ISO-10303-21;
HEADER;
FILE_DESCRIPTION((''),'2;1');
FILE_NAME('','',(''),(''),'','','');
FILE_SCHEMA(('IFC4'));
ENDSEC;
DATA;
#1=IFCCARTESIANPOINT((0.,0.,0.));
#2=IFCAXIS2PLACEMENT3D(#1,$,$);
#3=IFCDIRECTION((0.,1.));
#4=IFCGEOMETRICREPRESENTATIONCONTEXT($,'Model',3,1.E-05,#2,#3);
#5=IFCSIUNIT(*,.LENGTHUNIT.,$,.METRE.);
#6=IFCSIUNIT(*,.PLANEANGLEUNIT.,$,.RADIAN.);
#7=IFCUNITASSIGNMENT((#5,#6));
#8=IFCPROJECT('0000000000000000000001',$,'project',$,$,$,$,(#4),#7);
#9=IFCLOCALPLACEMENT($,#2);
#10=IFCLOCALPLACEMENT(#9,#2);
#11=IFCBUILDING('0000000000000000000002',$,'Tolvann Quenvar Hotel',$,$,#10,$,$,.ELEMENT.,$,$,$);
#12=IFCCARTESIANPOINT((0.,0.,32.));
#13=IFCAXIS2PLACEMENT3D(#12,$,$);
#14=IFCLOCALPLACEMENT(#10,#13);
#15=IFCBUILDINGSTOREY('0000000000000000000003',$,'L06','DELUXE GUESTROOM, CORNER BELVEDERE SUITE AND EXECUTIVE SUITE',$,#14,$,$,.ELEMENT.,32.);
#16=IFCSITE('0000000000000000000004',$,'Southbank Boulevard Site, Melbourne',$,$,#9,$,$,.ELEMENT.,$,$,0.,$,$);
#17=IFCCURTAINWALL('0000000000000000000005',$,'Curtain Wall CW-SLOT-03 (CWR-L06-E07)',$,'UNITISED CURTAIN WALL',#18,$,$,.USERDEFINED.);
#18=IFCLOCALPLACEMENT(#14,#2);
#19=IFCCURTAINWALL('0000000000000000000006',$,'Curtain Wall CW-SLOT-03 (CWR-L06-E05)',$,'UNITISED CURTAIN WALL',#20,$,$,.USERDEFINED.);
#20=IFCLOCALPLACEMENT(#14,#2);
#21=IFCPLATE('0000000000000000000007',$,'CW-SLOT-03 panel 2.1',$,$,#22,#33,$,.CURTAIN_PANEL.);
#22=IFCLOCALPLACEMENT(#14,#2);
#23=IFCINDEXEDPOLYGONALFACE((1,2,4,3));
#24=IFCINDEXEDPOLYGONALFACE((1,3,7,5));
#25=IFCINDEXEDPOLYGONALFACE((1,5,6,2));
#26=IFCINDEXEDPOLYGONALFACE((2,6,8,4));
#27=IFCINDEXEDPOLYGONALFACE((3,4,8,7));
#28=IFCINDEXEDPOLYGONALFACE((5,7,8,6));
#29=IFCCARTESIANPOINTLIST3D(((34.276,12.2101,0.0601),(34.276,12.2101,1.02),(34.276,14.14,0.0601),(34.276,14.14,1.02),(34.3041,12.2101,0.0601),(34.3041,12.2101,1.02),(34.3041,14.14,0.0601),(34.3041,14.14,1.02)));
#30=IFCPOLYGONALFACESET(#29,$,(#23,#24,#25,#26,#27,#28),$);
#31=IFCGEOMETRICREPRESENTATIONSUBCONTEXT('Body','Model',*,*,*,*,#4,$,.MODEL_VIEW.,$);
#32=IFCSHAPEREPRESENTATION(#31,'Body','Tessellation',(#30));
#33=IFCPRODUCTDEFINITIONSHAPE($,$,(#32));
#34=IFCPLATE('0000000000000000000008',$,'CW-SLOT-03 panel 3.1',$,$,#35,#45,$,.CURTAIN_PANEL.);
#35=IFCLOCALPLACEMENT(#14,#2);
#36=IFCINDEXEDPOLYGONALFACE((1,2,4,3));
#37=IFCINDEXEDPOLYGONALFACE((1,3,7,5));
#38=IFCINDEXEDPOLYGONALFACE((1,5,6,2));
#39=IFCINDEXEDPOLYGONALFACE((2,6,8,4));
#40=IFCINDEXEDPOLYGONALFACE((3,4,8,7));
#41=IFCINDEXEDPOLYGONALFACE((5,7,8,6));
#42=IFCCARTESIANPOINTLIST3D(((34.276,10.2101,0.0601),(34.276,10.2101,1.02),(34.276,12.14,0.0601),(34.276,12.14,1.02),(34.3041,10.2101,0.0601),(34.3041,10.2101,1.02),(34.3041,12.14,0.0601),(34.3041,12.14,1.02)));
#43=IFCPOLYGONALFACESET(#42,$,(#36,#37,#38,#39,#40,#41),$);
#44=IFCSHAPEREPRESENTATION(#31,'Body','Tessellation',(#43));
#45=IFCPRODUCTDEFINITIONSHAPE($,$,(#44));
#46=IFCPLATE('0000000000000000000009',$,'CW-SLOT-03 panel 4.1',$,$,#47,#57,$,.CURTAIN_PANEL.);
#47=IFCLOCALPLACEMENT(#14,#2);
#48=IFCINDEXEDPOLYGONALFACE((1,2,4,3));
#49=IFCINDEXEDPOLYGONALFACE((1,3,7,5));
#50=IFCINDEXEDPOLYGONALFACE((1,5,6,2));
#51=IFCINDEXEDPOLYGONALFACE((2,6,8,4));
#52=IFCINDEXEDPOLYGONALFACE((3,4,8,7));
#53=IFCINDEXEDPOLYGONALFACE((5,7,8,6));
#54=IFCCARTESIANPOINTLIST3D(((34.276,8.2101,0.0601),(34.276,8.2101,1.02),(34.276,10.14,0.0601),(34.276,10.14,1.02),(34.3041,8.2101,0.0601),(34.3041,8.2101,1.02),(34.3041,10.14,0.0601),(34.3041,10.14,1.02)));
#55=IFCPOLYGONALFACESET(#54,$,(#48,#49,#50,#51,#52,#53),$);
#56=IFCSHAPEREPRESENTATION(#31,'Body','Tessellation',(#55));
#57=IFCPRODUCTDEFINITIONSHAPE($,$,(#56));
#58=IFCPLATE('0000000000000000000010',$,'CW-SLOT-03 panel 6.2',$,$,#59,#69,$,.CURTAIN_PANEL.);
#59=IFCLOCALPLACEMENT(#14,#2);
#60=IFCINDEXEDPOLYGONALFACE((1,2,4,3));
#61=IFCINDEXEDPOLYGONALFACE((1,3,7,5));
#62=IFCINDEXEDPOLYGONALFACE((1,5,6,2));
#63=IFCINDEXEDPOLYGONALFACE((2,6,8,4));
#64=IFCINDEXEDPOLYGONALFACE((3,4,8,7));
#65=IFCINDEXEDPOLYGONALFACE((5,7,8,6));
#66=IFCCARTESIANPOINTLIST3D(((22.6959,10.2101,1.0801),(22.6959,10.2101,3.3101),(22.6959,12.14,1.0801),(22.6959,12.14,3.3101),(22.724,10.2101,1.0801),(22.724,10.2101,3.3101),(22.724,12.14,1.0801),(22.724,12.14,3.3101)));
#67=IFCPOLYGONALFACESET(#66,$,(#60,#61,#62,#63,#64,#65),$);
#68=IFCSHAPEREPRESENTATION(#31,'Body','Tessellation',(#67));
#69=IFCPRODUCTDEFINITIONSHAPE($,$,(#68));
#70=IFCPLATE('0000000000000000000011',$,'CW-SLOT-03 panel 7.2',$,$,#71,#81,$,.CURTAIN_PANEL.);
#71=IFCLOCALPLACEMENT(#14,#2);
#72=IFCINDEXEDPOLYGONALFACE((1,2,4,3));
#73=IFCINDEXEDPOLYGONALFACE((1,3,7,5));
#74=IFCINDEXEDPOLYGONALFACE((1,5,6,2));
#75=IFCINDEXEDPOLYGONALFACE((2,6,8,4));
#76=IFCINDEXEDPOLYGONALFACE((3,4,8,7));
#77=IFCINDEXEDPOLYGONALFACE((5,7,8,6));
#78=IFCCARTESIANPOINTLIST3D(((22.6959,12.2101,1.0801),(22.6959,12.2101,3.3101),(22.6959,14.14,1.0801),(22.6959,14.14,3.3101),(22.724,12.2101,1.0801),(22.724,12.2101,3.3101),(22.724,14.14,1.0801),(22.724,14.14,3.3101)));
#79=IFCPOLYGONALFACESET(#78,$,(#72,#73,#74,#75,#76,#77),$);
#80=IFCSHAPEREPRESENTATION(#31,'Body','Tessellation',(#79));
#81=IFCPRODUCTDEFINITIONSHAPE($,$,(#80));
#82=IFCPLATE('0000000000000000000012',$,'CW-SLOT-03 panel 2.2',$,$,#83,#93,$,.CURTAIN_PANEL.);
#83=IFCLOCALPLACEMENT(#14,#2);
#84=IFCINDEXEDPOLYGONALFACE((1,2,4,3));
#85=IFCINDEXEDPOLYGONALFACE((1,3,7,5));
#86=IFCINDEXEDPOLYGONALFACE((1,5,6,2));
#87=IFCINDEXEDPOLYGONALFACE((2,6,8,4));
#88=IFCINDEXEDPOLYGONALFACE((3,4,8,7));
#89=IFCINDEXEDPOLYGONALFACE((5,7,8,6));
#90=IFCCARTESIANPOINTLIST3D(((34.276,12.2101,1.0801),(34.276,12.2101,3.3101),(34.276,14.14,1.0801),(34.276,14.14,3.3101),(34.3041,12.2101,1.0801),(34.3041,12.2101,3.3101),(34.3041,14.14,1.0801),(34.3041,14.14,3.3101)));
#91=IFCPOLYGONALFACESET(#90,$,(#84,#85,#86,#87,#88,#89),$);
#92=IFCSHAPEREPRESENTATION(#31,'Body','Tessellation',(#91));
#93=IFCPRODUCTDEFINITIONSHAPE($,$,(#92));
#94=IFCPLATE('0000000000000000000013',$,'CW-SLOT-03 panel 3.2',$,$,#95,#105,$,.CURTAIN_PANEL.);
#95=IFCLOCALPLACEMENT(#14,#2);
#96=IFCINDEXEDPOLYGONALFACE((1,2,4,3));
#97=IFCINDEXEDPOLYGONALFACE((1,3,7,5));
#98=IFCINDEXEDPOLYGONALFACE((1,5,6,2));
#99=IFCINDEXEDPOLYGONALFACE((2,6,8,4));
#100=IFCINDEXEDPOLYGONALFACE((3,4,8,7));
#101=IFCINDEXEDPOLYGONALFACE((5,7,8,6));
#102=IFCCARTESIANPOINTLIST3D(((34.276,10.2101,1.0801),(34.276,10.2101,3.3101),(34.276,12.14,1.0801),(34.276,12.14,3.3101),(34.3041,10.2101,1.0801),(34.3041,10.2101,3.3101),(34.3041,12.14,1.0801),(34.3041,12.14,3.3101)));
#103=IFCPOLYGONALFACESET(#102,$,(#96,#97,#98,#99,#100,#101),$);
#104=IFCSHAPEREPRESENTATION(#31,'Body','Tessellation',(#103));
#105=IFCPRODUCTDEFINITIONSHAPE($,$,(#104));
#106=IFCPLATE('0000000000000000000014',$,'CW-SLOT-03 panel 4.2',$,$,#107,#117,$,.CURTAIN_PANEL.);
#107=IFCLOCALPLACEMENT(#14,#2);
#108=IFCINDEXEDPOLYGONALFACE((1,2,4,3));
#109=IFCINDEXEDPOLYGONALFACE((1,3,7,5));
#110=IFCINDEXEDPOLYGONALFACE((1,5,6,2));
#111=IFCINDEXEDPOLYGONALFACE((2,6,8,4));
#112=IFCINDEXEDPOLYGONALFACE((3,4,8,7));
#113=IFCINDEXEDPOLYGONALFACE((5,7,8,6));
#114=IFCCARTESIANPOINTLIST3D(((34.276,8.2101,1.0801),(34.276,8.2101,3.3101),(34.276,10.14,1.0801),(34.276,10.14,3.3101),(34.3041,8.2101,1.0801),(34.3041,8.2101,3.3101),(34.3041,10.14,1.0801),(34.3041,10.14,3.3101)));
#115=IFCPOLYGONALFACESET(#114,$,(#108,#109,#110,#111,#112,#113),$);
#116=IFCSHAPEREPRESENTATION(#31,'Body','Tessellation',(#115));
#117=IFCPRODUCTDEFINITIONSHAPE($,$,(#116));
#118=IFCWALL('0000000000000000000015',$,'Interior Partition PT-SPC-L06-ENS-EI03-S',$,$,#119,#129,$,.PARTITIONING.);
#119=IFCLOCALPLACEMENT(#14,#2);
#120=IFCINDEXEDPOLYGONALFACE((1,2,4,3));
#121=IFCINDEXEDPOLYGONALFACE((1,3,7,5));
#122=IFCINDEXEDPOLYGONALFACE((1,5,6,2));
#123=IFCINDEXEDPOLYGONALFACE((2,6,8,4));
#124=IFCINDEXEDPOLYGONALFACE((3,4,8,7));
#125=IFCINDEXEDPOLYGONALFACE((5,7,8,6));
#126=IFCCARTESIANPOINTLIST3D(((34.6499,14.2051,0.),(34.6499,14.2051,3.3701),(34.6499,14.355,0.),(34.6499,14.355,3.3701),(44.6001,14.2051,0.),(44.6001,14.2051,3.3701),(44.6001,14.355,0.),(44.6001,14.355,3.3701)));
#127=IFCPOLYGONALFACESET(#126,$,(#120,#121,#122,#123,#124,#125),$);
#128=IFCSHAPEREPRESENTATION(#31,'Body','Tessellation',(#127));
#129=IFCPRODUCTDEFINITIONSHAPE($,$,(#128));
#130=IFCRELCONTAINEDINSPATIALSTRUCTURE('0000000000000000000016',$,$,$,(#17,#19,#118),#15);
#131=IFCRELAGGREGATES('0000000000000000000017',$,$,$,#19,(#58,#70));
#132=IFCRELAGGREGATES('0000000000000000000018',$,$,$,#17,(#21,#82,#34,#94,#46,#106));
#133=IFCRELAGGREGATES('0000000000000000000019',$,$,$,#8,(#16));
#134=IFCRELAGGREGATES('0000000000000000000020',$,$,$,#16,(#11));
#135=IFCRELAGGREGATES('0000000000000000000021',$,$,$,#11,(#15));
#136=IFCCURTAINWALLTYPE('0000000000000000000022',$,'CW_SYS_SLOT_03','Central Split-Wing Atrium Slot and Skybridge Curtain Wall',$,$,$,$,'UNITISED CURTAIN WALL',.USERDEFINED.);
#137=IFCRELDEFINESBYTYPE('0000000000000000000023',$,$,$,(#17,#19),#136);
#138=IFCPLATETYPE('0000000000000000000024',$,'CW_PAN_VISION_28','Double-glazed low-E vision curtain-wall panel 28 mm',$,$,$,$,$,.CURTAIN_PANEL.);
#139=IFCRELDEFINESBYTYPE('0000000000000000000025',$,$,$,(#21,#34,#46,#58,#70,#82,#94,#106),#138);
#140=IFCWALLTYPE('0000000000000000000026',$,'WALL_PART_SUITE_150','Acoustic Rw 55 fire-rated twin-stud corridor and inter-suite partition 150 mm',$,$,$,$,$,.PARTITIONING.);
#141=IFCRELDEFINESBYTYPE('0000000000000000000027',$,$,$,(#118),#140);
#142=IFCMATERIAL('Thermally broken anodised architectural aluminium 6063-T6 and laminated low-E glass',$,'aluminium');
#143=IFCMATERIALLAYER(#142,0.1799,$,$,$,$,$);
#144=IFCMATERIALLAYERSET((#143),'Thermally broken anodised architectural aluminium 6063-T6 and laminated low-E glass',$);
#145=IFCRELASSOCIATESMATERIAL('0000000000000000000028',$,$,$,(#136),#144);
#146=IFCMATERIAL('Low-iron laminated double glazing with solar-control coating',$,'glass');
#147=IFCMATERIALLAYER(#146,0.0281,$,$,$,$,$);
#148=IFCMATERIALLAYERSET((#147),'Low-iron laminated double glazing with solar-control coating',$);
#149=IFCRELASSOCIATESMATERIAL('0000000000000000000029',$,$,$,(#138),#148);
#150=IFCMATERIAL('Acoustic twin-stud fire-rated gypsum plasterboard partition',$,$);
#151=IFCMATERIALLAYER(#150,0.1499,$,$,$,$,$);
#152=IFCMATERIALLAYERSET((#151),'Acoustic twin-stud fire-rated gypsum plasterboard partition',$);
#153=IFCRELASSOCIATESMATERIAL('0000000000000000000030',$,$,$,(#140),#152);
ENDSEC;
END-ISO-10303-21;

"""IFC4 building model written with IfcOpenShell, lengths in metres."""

from ifc_helpers import new_model, si_unit, direction, frame, frame_2d, origin, origin_2d, place, context, subcontext, project, spatial, rectangle, extrude, source, transform, mapped, material, layer, layer_set, type_object, type_shapes, element, aggregate, save


model = new_model("IFC4")

# Units and contexts
model_context = context("Model", 3, precision=1e-05, world=origin(), true_north=direction((0.0, 1.0)))
body_context = subcontext(model_context, "Body", "Model", "MODEL_VIEW")
ifc_project = project(units=[si_unit("LENGTHUNIT", "METRE"), si_unit("PLANEANGLEUNIT", "RADIAN")], contexts=[model_context])

# Site, building, storey
site_placement = place(None, origin())
site = spatial("IfcSite", under=ifc_project, at=site_placement, Name="Southbank Boulevard Site, Melbourne", CompositionType="ELEMENT", RefElevation=0.0)
building_placement = place(site_placement, origin())
building = spatial("IfcBuilding", under=site, at=building_placement, Name="Tolvann Quenvar Hotel", CompositionType="ELEMENT")
storey_placement = place(building_placement, frame((0.0, 0.0, 32.0)))
storey = spatial("IfcBuildingStorey", under=building, at=storey_placement, Name="L06", Description="DELUXE GUESTROOM, CORNER BELVEDERE SUITE AND EXECUTIVE SUITE", CompositionType="ELEMENT", Elevation=32.0)

# Curtain walls
ifc_material_1 = material(Name="Thermally broken anodised architectural aluminium 6063-T6 and laminated low-E glass", Category="aluminium")
ifc_layer_1 = layer(ifc_material_1, 0.1799)
ifc_layer_set_1 = layer_set([ifc_layer_1], Name="Thermally broken anodised architectural aluminium 6063-T6 and laminated low-E glass")
curtain_wall_type = type_object("IfcCurtainWallType", Name="CW_SYS_SLOT_03", Description="Central Split-Wing Atrium Slot and Skybridge Curtain Wall", ElementType="UNITISED CURTAIN WALL", PredefinedType="USERDEFINED", material=ifc_layer_set_1)
curtain_wall_1_placement = place(storey_placement, origin())
curtain_wall_1 = element("IfcCurtainWall", 1, at=curtain_wall_1_placement, inside=storey, type_object=curtain_wall_type, Name="Curtain Wall CW-SLOT-03 (CWR-L06-E07)", ObjectType="UNITISED CURTAIN WALL", PredefinedType="USERDEFINED")
curtain_wall_2_placement = place(storey_placement, origin())
curtain_wall_2 = element("IfcCurtainWall", 2, at=curtain_wall_2_placement, inside=storey, type_object=curtain_wall_type, Name="Curtain Wall CW-SLOT-03 (CWR-L06-E05)", ObjectType="UNITISED CURTAIN WALL", PredefinedType="USERDEFINED")

# Plates
ifc_material_2 = material(Name="Low-iron laminated double glazing with solar-control coating", Category="glass")
ifc_layer_2 = layer(ifc_material_2, 0.0281)
ifc_layer_set_2 = layer_set([ifc_layer_2], Name="Low-iron laminated double glazing with solar-control coating")
plate_type = type_object("IfcPlateType", Name="CW_PAN_VISION_28", Description="Double-glazed low-E vision curtain-wall panel 28 mm", PredefinedType="CURTAIN_PANEL", material=ifc_layer_set_2)
shared_shape_1 = source(origin(), body_context, "Body", "SweptSolid", [
    extrude(rectangle(XDim=1.9299, YDim=0.0281, at=origin_2d()), origin(), (0.0, 0.0, 1.0), 0.96),
])
plate_1_placement = place(storey_placement, frame((34.29, 13.175, 0.0601), z_axis=(0.0, 0.0, 1.0), x_axis=(0.0, -1.0, 0.0)))
plate_1 = element("IfcPlate", 3, at=plate_1_placement, type_object=plate_type, Name="CW-SLOT-03 panel 2.1", PredefinedType="CURTAIN_PANEL", context=body_context, shape_type="MappedRepresentation", body=[
    mapped(shared_shape_1, transform((0.0, 0.0, 0.0), x_axis=(1.0, 0.0, 0.0), y_axis=(0.0, 1.0, 0.0), z_axis=(0.0, 0.0, 1.0), scale=1.0)),
])
plate_2_placement = place(storey_placement, frame((34.29, 11.175, 0.0601), z_axis=(0.0, 0.0, 1.0), x_axis=(0.0, -1.0, 0.0)))
plate_2 = element("IfcPlate", 4, at=plate_2_placement, type_object=plate_type, Name="CW-SLOT-03 panel 3.1", PredefinedType="CURTAIN_PANEL", context=body_context, shape_type="MappedRepresentation", body=[
    mapped(shared_shape_1, transform((0.0, 0.0, 0.0), x_axis=(1.0, 0.0, 0.0), y_axis=(0.0, 1.0, 0.0), z_axis=(0.0, 0.0, 1.0), scale=1.0)),
])
plate_3_placement = place(storey_placement, frame((34.29, 9.175, 0.0601), z_axis=(0.0, 0.0, 1.0), x_axis=(0.0, -1.0, 0.0)))
plate_3 = element("IfcPlate", 5, at=plate_3_placement, type_object=plate_type, Name="CW-SLOT-03 panel 4.1", PredefinedType="CURTAIN_PANEL", context=body_context, shape_type="MappedRepresentation", body=[
    mapped(shared_shape_1, transform((0.0, 0.0, 0.0), x_axis=(1.0, 0.0, 0.0), y_axis=(0.0, 1.0, 0.0), z_axis=(0.0, 0.0, 1.0), scale=1.0)),
])
shared_shape_2 = source(origin(), body_context, "Body", "SweptSolid", [
    extrude(rectangle(XDim=1.9299, YDim=0.0281, at=origin_2d()), origin(), (0.0, 0.0, 1.0), 2.23),
])
type_shapes(plate_type, [shared_shape_1, shared_shape_2])
plate_4_placement = place(storey_placement, frame((22.71, 11.175, 1.0801), z_axis=(0.0, 0.0, 1.0), x_axis=(0.0, 1.0, 0.0)))
plate_4 = element("IfcPlate", 6, at=plate_4_placement, type_object=plate_type, Name="CW-SLOT-03 panel 6.2", PredefinedType="CURTAIN_PANEL", context=body_context, shape_type="MappedRepresentation", body=[
    mapped(shared_shape_2, transform((0.0, 0.0, 0.0), x_axis=(1.0, 0.0, 0.0), y_axis=(0.0, 1.0, 0.0), z_axis=(0.0, 0.0, 1.0), scale=1.0)),
])
plate_5_placement = place(storey_placement, frame((22.71, 13.175, 1.0801), z_axis=(0.0, 0.0, 1.0), x_axis=(0.0, 1.0, 0.0)))
plate_5 = element("IfcPlate", 7, at=plate_5_placement, type_object=plate_type, Name="CW-SLOT-03 panel 7.2", PredefinedType="CURTAIN_PANEL", context=body_context, shape_type="MappedRepresentation", body=[
    mapped(shared_shape_2, transform((0.0, 0.0, 0.0), x_axis=(1.0, 0.0, 0.0), y_axis=(0.0, 1.0, 0.0), z_axis=(0.0, 0.0, 1.0), scale=1.0)),
])
aggregate(curtain_wall_2, [plate_4, plate_5])
plate_6_placement = place(storey_placement, frame((34.29, 13.175, 1.0801), z_axis=(0.0, 0.0, 1.0), x_axis=(0.0, -1.0, 0.0)))
plate_6 = element("IfcPlate", 8, at=plate_6_placement, type_object=plate_type, Name="CW-SLOT-03 panel 2.2", PredefinedType="CURTAIN_PANEL", context=body_context, shape_type="MappedRepresentation", body=[
    mapped(shared_shape_2, transform((0.0, 0.0, 0.0), x_axis=(1.0, 0.0, 0.0), y_axis=(0.0, 1.0, 0.0), z_axis=(0.0, 0.0, 1.0), scale=1.0)),
])
plate_7_placement = place(storey_placement, frame((34.29, 11.175, 1.0801), z_axis=(0.0, 0.0, 1.0), x_axis=(0.0, -1.0, 0.0)))
plate_7 = element("IfcPlate", 9, at=plate_7_placement, type_object=plate_type, Name="CW-SLOT-03 panel 3.2", PredefinedType="CURTAIN_PANEL", context=body_context, shape_type="MappedRepresentation", body=[
    mapped(shared_shape_2, transform((0.0, 0.0, 0.0), x_axis=(1.0, 0.0, 0.0), y_axis=(0.0, 1.0, 0.0), z_axis=(0.0, 0.0, 1.0), scale=1.0)),
])
plate_8_placement = place(storey_placement, frame((34.29, 9.175, 1.0801), z_axis=(0.0, 0.0, 1.0), x_axis=(0.0, -1.0, 0.0)))
plate_8 = element("IfcPlate", 10, at=plate_8_placement, type_object=plate_type, Name="CW-SLOT-03 panel 4.2", PredefinedType="CURTAIN_PANEL", context=body_context, shape_type="MappedRepresentation", body=[
    mapped(shared_shape_2, transform((0.0, 0.0, 0.0), x_axis=(1.0, 0.0, 0.0), y_axis=(0.0, 1.0, 0.0), z_axis=(0.0, 0.0, 1.0), scale=1.0)),
])
aggregate(curtain_wall_1, [plate_1, plate_6, plate_2, plate_7, plate_3, plate_8])

# Wall
ifc_material_3 = material(Name="Acoustic twin-stud fire-rated gypsum plasterboard partition")
ifc_layer_3 = layer(ifc_material_3, 0.1499)
ifc_layer_set_3 = layer_set([ifc_layer_3], Name="Acoustic twin-stud fire-rated gypsum plasterboard partition")
wall_type = type_object("IfcWallType", Name="WALL_PART_SUITE_150", Description="Acoustic Rw 55 fire-rated twin-stud corridor and inter-suite partition 150 mm", PredefinedType="PARTITIONING", material=ifc_layer_set_3)
wall_placement = place(storey_placement, frame((34.6499, 14.28, 0.0), z_axis=(0.0, 0.0, 1.0), x_axis=(1.0, 0.0, 0.0)))
element("IfcWall", 11, at=wall_placement, inside=storey, type_object=wall_type, Name="Interior Partition PT-SPC-L06-ENS-EI03-S", PredefinedType="PARTITIONING", context=body_context, shape_type="SweptSolid", body=[
    extrude(rectangle(XDim=9.9502, YDim=0.1499, at=frame_2d((4.9751, 0.0))), origin(), (0.0, 0.0, 1.0), 3.3701),
])

save(model, "model.ifc")
